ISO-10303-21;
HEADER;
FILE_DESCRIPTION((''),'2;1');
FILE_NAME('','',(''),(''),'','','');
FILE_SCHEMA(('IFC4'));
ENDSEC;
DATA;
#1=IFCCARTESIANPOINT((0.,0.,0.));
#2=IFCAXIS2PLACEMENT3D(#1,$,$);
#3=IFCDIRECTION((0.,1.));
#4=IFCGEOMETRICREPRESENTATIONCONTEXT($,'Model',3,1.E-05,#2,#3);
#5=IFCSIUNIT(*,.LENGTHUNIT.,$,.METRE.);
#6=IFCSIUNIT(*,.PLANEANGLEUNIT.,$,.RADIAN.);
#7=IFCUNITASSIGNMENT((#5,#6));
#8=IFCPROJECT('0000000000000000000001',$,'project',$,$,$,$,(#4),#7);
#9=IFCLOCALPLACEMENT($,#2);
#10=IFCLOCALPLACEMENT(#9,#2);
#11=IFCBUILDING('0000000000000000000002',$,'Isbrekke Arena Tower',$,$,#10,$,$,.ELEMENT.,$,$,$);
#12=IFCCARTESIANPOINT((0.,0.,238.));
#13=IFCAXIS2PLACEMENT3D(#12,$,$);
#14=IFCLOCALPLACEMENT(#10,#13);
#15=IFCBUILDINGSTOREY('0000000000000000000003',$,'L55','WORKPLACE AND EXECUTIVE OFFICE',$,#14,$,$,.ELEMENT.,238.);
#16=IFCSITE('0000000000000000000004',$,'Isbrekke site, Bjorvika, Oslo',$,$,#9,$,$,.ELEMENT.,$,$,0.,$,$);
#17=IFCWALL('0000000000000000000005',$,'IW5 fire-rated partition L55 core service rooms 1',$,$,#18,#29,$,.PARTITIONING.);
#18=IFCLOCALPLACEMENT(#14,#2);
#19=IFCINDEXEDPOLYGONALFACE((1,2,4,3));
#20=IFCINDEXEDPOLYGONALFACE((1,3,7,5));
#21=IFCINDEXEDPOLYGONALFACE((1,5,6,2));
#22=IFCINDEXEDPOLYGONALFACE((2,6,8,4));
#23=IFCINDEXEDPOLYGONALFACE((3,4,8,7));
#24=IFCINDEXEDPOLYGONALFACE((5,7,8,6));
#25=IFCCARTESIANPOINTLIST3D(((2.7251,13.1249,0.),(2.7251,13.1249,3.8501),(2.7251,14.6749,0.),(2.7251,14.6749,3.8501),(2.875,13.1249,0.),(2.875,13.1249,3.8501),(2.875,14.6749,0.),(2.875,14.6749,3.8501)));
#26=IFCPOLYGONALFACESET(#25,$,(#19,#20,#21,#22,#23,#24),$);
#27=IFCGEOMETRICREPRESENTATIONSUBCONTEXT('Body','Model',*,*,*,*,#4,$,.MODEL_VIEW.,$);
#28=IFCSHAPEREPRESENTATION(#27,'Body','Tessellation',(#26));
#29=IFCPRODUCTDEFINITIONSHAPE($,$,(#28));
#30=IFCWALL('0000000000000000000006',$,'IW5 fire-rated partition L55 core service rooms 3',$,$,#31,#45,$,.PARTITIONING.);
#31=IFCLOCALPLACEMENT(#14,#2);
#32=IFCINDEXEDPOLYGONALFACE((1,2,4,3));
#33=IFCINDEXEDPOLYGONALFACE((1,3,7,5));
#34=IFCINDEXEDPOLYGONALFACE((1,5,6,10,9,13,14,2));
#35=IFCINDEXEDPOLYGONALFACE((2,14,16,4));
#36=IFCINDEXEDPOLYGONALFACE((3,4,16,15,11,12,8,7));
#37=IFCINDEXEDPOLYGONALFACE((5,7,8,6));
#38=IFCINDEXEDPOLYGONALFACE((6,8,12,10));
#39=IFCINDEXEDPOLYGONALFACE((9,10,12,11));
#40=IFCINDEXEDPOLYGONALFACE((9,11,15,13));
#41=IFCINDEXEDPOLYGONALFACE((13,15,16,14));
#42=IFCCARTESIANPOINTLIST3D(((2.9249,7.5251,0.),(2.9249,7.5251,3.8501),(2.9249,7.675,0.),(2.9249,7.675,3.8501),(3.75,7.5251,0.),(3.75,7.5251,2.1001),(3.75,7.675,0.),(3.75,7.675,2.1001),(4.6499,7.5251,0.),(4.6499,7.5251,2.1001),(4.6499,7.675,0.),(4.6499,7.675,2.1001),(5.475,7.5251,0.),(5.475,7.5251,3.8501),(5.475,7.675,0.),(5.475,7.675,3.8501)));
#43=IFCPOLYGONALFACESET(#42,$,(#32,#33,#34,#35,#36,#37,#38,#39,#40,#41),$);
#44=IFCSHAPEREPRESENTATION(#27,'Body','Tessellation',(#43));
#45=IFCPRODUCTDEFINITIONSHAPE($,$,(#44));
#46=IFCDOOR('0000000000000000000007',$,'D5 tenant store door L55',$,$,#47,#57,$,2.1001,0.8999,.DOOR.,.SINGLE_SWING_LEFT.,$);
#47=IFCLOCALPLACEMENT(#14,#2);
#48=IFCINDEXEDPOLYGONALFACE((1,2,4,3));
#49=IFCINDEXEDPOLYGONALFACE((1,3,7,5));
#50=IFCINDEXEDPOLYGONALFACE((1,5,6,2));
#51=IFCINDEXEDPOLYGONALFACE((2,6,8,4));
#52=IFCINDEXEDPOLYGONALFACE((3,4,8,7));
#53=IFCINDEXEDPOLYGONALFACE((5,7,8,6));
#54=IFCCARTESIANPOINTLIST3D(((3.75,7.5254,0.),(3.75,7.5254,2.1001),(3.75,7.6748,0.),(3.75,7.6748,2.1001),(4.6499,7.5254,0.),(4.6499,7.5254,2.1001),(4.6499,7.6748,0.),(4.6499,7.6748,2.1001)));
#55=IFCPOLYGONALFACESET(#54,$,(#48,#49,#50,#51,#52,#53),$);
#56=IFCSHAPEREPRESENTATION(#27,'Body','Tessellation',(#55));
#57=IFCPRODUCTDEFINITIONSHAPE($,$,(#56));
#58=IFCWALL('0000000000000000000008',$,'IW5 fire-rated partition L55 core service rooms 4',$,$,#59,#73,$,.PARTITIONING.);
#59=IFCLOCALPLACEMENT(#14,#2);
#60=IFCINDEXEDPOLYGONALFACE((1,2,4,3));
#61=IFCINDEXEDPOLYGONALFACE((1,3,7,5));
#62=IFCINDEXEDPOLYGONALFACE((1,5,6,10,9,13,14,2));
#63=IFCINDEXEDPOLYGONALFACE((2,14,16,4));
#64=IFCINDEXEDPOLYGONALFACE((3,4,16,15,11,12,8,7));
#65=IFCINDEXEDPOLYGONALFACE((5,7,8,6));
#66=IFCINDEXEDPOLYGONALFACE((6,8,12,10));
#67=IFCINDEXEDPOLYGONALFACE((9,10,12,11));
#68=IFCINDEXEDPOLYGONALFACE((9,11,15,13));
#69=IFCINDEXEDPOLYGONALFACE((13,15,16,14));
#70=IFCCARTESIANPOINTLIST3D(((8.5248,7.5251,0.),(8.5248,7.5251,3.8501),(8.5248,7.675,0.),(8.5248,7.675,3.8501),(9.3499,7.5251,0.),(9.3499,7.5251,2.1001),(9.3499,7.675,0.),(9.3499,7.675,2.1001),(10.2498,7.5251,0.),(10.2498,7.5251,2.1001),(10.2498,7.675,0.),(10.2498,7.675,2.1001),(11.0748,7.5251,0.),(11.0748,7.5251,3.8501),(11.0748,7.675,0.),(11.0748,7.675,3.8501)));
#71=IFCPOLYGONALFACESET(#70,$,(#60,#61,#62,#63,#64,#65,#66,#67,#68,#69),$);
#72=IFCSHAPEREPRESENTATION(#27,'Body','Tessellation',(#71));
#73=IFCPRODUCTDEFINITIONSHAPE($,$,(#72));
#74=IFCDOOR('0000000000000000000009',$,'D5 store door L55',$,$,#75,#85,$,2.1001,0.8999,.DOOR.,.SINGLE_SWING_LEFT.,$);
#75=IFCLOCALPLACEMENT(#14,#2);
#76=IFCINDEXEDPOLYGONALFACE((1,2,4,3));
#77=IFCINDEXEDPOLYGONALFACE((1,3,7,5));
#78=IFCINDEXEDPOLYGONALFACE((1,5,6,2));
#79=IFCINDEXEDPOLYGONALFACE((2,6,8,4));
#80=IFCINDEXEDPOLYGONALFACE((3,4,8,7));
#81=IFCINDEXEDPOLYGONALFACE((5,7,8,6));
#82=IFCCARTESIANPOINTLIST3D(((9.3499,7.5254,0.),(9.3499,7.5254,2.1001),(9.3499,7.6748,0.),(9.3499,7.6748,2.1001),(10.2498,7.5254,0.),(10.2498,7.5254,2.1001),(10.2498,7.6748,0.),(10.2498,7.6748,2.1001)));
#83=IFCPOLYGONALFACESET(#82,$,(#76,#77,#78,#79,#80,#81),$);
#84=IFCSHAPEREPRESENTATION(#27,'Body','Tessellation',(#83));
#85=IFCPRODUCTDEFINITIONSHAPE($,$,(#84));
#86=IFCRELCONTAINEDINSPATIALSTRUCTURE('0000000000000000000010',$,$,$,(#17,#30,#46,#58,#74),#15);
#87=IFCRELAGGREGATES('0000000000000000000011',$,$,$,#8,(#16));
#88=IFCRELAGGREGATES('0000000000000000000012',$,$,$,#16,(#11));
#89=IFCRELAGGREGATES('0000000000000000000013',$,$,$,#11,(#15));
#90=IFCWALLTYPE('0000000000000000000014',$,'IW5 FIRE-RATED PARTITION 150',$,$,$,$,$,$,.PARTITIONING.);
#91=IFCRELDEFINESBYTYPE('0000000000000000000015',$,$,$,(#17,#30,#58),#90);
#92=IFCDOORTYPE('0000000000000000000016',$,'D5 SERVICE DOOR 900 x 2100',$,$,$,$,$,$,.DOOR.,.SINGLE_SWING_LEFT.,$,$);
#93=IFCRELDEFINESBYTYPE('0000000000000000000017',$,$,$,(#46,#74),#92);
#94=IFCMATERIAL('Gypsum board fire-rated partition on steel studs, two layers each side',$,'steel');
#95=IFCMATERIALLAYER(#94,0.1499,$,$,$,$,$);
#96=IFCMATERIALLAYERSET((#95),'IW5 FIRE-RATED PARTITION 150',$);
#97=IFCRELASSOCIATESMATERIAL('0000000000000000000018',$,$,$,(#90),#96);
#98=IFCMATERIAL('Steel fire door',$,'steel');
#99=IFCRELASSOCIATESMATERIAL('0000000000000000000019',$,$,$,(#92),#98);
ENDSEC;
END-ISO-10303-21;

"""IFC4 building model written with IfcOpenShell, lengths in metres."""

from ifc_helpers import new_model, si_unit, direction, frame, frame_2d, origin, place, context, subcontext, project, spatial, rectangle, extrude, material, layer, layer_set, type_object, element, fill, save


model = new_model("IFC4")

# Units and contexts
model_context = context("Model", 3, precision=1e-05, world=origin(), true_north=direction((0.0, 1.0)))
body_context = subcontext(model_context, "Body", "Model", "MODEL_VIEW")
ifc_project = project(units=[si_unit("LENGTHUNIT", "METRE"), si_unit("PLANEANGLEUNIT", "RADIAN")], contexts=[model_context])

# Site, building, storey
site_placement = place(None, origin())
site = spatial("IfcSite", under=ifc_project, at=site_placement, Name="Isbrekke site, Bjorvika, Oslo", CompositionType="ELEMENT", RefElevation=0.0)
building_placement = place(site_placement, origin())
building = spatial("IfcBuilding", under=site, at=building_placement, Name="Isbrekke Arena Tower", CompositionType="ELEMENT")
storey_placement = place(building_placement, frame((0.0, 0.0, 238.0)))
storey = spatial("IfcBuildingStorey", under=building, at=storey_placement, Name="L55", Description="WORKPLACE AND EXECUTIVE OFFICE", CompositionType="ELEMENT", Elevation=238.0)

# Wall
ifc_material_1 = material(Name="Gypsum board fire-rated partition on steel studs, two layers each side", Category="steel")
ifc_layer_1 = layer(ifc_material_1, 0.1499)
ifc_layer_set_1 = layer_set([ifc_layer_1], Name="IW5 FIRE-RATED PARTITION 150")
wall_type_1 = type_object("IfcWallType", Name="IW5 FIRE-RATED PARTITION 150", PredefinedType="PARTITIONING", material=ifc_layer_set_1)
wall_1_placement = place(storey_placement, frame((2.8, 13.125, 0.0), z_axis=(0.0, 0.0, 1.0), x_axis=(0.0, 1.0, 0.0)))
element("IfcWall", 1, at=wall_1_placement, inside=storey, type_object=wall_type_1, Name="IW5 fire-rated partition L55 core service rooms 1", PredefinedType="PARTITIONING", context=body_context, shape_type="SweptSolid", body=[
    extrude(rectangle(XDim=1.55, YDim=0.1499, at=frame_2d((0.7749, 0.0))), origin(), (0.0, 0.0, 1.0), 3.8501),
])

# Walls, openings, doors
wall_2_placement = place(storey_placement, frame((2.925, 7.6001, 0.0), z_axis=(0.0, 0.0, 1.0), x_axis=(1.0, 0.0, 0.0)))
wall_2 = element("IfcWall", 2, at=wall_2_placement, inside=storey, type_object=wall_type_1, Name="IW5 fire-rated partition L55 core service rooms 3", PredefinedType="PARTITIONING", context=body_context, shape_type="SweptSolid", body=[
    extrude(rectangle(XDim=2.55, YDim=0.1499, at=frame_2d((1.2749, 0.0))), origin(), (0.0, 0.0, 1.0), 3.8501),
])
opening_1_placement = place(wall_2_placement, frame((0.825, 0.0, 0.0)))
opening_1 = element("IfcOpeningElement", 3, at=opening_1_placement, cuts=wall_2, PredefinedType="OPENING", context=body_context, shape_type="SweptSolid", body=[
    extrude(rectangle(XDim=0.8999, YDim=2.1001, at=frame_2d((0.45, 1.05))), frame((0.0, 0.0898, 0.0), z_axis=(0.0, -1.0, 0.0), x_axis=(1.0, 0.0, 0.0)), (0.0, 0.0, 1.0), 0.1797),
])
ifc_material_2 = material(Name="Steel fire door", Category="steel")
door_type_1 = type_object("IfcDoorType", Name="D5 SERVICE DOOR 900 x 2100", OperationType="SINGLE_SWING_LEFT", PredefinedType="DOOR", material=ifc_material_2)
door_1_placement = place(opening_1_placement, origin())
door_1 = element("IfcDoor", 4, at=door_1_placement, inside=storey, type_object=door_type_1, Name="D5 tenant store door L55", OperationType="SINGLE_SWING_LEFT", OverallHeight=2.1001, OverallWidth=0.8999, PredefinedType="DOOR", context=body_context, shape_type="SweptSolid", body=[
    extrude(rectangle(XDim=0.8999, YDim=2.1001, at=frame_2d((0.45, 1.05))), frame((0.0, 0.0747, 0.0), z_axis=(0.0, -1.0, 0.0), x_axis=(1.0, 0.0, 0.0)), (0.0, 0.0, 1.0), 0.1494),
])
fill(opening_1, door_1)
wall_3_placement = place(storey_placement, frame((8.5249, 7.6001, 0.0), z_axis=(0.0, 0.0, 1.0), x_axis=(1.0, 0.0, 0.0)))
wall_3 = element("IfcWall", 5, at=wall_3_placement, inside=storey, type_object=wall_type_1, Name="IW5 fire-rated partition L55 core service rooms 4", PredefinedType="PARTITIONING", context=body_context, shape_type="SweptSolid", body=[
    extrude(rectangle(XDim=2.55, YDim=0.1499, at=frame_2d((1.2749, 0.0))), origin(), (0.0, 0.0, 1.0), 3.8501),
])
opening_2_placement = place(wall_3_placement, frame((0.825, 0.0, 0.0)))
opening_2 = element("IfcOpeningElement", 6, at=opening_2_placement, cuts=wall_3, PredefinedType="OPENING", context=body_context, shape_type="SweptSolid", body=[
    extrude(rectangle(XDim=0.8999, YDim=2.1001, at=frame_2d((0.45, 1.05))), frame((0.0, 0.0898, 0.0), z_axis=(0.0, -1.0, 0.0), x_axis=(1.0, 0.0, 0.0)), (0.0, 0.0, 1.0), 0.1797),
])
door_2_placement = place(opening_2_placement, origin())
door_2 = element("IfcDoor", 7, at=door_2_placement, inside=storey, type_object=door_type_1, Name="D5 store door L55", OperationType="SINGLE_SWING_LEFT", OverallHeight=2.1001, OverallWidth=0.8999, PredefinedType="DOOR", context=body_context, shape_type="SweptSolid", body=[
    extrude(rectangle(XDim=0.8999, YDim=2.1001, at=frame_2d((0.45, 1.05))), frame((0.0, 0.0747, 0.0), z_axis=(0.0, -1.0, 0.0), x_axis=(1.0, 0.0, 0.0)), (0.0, 0.0, 1.0), 0.1494),
])
fill(opening_2, door_2)

save(model, "model.ifc")
